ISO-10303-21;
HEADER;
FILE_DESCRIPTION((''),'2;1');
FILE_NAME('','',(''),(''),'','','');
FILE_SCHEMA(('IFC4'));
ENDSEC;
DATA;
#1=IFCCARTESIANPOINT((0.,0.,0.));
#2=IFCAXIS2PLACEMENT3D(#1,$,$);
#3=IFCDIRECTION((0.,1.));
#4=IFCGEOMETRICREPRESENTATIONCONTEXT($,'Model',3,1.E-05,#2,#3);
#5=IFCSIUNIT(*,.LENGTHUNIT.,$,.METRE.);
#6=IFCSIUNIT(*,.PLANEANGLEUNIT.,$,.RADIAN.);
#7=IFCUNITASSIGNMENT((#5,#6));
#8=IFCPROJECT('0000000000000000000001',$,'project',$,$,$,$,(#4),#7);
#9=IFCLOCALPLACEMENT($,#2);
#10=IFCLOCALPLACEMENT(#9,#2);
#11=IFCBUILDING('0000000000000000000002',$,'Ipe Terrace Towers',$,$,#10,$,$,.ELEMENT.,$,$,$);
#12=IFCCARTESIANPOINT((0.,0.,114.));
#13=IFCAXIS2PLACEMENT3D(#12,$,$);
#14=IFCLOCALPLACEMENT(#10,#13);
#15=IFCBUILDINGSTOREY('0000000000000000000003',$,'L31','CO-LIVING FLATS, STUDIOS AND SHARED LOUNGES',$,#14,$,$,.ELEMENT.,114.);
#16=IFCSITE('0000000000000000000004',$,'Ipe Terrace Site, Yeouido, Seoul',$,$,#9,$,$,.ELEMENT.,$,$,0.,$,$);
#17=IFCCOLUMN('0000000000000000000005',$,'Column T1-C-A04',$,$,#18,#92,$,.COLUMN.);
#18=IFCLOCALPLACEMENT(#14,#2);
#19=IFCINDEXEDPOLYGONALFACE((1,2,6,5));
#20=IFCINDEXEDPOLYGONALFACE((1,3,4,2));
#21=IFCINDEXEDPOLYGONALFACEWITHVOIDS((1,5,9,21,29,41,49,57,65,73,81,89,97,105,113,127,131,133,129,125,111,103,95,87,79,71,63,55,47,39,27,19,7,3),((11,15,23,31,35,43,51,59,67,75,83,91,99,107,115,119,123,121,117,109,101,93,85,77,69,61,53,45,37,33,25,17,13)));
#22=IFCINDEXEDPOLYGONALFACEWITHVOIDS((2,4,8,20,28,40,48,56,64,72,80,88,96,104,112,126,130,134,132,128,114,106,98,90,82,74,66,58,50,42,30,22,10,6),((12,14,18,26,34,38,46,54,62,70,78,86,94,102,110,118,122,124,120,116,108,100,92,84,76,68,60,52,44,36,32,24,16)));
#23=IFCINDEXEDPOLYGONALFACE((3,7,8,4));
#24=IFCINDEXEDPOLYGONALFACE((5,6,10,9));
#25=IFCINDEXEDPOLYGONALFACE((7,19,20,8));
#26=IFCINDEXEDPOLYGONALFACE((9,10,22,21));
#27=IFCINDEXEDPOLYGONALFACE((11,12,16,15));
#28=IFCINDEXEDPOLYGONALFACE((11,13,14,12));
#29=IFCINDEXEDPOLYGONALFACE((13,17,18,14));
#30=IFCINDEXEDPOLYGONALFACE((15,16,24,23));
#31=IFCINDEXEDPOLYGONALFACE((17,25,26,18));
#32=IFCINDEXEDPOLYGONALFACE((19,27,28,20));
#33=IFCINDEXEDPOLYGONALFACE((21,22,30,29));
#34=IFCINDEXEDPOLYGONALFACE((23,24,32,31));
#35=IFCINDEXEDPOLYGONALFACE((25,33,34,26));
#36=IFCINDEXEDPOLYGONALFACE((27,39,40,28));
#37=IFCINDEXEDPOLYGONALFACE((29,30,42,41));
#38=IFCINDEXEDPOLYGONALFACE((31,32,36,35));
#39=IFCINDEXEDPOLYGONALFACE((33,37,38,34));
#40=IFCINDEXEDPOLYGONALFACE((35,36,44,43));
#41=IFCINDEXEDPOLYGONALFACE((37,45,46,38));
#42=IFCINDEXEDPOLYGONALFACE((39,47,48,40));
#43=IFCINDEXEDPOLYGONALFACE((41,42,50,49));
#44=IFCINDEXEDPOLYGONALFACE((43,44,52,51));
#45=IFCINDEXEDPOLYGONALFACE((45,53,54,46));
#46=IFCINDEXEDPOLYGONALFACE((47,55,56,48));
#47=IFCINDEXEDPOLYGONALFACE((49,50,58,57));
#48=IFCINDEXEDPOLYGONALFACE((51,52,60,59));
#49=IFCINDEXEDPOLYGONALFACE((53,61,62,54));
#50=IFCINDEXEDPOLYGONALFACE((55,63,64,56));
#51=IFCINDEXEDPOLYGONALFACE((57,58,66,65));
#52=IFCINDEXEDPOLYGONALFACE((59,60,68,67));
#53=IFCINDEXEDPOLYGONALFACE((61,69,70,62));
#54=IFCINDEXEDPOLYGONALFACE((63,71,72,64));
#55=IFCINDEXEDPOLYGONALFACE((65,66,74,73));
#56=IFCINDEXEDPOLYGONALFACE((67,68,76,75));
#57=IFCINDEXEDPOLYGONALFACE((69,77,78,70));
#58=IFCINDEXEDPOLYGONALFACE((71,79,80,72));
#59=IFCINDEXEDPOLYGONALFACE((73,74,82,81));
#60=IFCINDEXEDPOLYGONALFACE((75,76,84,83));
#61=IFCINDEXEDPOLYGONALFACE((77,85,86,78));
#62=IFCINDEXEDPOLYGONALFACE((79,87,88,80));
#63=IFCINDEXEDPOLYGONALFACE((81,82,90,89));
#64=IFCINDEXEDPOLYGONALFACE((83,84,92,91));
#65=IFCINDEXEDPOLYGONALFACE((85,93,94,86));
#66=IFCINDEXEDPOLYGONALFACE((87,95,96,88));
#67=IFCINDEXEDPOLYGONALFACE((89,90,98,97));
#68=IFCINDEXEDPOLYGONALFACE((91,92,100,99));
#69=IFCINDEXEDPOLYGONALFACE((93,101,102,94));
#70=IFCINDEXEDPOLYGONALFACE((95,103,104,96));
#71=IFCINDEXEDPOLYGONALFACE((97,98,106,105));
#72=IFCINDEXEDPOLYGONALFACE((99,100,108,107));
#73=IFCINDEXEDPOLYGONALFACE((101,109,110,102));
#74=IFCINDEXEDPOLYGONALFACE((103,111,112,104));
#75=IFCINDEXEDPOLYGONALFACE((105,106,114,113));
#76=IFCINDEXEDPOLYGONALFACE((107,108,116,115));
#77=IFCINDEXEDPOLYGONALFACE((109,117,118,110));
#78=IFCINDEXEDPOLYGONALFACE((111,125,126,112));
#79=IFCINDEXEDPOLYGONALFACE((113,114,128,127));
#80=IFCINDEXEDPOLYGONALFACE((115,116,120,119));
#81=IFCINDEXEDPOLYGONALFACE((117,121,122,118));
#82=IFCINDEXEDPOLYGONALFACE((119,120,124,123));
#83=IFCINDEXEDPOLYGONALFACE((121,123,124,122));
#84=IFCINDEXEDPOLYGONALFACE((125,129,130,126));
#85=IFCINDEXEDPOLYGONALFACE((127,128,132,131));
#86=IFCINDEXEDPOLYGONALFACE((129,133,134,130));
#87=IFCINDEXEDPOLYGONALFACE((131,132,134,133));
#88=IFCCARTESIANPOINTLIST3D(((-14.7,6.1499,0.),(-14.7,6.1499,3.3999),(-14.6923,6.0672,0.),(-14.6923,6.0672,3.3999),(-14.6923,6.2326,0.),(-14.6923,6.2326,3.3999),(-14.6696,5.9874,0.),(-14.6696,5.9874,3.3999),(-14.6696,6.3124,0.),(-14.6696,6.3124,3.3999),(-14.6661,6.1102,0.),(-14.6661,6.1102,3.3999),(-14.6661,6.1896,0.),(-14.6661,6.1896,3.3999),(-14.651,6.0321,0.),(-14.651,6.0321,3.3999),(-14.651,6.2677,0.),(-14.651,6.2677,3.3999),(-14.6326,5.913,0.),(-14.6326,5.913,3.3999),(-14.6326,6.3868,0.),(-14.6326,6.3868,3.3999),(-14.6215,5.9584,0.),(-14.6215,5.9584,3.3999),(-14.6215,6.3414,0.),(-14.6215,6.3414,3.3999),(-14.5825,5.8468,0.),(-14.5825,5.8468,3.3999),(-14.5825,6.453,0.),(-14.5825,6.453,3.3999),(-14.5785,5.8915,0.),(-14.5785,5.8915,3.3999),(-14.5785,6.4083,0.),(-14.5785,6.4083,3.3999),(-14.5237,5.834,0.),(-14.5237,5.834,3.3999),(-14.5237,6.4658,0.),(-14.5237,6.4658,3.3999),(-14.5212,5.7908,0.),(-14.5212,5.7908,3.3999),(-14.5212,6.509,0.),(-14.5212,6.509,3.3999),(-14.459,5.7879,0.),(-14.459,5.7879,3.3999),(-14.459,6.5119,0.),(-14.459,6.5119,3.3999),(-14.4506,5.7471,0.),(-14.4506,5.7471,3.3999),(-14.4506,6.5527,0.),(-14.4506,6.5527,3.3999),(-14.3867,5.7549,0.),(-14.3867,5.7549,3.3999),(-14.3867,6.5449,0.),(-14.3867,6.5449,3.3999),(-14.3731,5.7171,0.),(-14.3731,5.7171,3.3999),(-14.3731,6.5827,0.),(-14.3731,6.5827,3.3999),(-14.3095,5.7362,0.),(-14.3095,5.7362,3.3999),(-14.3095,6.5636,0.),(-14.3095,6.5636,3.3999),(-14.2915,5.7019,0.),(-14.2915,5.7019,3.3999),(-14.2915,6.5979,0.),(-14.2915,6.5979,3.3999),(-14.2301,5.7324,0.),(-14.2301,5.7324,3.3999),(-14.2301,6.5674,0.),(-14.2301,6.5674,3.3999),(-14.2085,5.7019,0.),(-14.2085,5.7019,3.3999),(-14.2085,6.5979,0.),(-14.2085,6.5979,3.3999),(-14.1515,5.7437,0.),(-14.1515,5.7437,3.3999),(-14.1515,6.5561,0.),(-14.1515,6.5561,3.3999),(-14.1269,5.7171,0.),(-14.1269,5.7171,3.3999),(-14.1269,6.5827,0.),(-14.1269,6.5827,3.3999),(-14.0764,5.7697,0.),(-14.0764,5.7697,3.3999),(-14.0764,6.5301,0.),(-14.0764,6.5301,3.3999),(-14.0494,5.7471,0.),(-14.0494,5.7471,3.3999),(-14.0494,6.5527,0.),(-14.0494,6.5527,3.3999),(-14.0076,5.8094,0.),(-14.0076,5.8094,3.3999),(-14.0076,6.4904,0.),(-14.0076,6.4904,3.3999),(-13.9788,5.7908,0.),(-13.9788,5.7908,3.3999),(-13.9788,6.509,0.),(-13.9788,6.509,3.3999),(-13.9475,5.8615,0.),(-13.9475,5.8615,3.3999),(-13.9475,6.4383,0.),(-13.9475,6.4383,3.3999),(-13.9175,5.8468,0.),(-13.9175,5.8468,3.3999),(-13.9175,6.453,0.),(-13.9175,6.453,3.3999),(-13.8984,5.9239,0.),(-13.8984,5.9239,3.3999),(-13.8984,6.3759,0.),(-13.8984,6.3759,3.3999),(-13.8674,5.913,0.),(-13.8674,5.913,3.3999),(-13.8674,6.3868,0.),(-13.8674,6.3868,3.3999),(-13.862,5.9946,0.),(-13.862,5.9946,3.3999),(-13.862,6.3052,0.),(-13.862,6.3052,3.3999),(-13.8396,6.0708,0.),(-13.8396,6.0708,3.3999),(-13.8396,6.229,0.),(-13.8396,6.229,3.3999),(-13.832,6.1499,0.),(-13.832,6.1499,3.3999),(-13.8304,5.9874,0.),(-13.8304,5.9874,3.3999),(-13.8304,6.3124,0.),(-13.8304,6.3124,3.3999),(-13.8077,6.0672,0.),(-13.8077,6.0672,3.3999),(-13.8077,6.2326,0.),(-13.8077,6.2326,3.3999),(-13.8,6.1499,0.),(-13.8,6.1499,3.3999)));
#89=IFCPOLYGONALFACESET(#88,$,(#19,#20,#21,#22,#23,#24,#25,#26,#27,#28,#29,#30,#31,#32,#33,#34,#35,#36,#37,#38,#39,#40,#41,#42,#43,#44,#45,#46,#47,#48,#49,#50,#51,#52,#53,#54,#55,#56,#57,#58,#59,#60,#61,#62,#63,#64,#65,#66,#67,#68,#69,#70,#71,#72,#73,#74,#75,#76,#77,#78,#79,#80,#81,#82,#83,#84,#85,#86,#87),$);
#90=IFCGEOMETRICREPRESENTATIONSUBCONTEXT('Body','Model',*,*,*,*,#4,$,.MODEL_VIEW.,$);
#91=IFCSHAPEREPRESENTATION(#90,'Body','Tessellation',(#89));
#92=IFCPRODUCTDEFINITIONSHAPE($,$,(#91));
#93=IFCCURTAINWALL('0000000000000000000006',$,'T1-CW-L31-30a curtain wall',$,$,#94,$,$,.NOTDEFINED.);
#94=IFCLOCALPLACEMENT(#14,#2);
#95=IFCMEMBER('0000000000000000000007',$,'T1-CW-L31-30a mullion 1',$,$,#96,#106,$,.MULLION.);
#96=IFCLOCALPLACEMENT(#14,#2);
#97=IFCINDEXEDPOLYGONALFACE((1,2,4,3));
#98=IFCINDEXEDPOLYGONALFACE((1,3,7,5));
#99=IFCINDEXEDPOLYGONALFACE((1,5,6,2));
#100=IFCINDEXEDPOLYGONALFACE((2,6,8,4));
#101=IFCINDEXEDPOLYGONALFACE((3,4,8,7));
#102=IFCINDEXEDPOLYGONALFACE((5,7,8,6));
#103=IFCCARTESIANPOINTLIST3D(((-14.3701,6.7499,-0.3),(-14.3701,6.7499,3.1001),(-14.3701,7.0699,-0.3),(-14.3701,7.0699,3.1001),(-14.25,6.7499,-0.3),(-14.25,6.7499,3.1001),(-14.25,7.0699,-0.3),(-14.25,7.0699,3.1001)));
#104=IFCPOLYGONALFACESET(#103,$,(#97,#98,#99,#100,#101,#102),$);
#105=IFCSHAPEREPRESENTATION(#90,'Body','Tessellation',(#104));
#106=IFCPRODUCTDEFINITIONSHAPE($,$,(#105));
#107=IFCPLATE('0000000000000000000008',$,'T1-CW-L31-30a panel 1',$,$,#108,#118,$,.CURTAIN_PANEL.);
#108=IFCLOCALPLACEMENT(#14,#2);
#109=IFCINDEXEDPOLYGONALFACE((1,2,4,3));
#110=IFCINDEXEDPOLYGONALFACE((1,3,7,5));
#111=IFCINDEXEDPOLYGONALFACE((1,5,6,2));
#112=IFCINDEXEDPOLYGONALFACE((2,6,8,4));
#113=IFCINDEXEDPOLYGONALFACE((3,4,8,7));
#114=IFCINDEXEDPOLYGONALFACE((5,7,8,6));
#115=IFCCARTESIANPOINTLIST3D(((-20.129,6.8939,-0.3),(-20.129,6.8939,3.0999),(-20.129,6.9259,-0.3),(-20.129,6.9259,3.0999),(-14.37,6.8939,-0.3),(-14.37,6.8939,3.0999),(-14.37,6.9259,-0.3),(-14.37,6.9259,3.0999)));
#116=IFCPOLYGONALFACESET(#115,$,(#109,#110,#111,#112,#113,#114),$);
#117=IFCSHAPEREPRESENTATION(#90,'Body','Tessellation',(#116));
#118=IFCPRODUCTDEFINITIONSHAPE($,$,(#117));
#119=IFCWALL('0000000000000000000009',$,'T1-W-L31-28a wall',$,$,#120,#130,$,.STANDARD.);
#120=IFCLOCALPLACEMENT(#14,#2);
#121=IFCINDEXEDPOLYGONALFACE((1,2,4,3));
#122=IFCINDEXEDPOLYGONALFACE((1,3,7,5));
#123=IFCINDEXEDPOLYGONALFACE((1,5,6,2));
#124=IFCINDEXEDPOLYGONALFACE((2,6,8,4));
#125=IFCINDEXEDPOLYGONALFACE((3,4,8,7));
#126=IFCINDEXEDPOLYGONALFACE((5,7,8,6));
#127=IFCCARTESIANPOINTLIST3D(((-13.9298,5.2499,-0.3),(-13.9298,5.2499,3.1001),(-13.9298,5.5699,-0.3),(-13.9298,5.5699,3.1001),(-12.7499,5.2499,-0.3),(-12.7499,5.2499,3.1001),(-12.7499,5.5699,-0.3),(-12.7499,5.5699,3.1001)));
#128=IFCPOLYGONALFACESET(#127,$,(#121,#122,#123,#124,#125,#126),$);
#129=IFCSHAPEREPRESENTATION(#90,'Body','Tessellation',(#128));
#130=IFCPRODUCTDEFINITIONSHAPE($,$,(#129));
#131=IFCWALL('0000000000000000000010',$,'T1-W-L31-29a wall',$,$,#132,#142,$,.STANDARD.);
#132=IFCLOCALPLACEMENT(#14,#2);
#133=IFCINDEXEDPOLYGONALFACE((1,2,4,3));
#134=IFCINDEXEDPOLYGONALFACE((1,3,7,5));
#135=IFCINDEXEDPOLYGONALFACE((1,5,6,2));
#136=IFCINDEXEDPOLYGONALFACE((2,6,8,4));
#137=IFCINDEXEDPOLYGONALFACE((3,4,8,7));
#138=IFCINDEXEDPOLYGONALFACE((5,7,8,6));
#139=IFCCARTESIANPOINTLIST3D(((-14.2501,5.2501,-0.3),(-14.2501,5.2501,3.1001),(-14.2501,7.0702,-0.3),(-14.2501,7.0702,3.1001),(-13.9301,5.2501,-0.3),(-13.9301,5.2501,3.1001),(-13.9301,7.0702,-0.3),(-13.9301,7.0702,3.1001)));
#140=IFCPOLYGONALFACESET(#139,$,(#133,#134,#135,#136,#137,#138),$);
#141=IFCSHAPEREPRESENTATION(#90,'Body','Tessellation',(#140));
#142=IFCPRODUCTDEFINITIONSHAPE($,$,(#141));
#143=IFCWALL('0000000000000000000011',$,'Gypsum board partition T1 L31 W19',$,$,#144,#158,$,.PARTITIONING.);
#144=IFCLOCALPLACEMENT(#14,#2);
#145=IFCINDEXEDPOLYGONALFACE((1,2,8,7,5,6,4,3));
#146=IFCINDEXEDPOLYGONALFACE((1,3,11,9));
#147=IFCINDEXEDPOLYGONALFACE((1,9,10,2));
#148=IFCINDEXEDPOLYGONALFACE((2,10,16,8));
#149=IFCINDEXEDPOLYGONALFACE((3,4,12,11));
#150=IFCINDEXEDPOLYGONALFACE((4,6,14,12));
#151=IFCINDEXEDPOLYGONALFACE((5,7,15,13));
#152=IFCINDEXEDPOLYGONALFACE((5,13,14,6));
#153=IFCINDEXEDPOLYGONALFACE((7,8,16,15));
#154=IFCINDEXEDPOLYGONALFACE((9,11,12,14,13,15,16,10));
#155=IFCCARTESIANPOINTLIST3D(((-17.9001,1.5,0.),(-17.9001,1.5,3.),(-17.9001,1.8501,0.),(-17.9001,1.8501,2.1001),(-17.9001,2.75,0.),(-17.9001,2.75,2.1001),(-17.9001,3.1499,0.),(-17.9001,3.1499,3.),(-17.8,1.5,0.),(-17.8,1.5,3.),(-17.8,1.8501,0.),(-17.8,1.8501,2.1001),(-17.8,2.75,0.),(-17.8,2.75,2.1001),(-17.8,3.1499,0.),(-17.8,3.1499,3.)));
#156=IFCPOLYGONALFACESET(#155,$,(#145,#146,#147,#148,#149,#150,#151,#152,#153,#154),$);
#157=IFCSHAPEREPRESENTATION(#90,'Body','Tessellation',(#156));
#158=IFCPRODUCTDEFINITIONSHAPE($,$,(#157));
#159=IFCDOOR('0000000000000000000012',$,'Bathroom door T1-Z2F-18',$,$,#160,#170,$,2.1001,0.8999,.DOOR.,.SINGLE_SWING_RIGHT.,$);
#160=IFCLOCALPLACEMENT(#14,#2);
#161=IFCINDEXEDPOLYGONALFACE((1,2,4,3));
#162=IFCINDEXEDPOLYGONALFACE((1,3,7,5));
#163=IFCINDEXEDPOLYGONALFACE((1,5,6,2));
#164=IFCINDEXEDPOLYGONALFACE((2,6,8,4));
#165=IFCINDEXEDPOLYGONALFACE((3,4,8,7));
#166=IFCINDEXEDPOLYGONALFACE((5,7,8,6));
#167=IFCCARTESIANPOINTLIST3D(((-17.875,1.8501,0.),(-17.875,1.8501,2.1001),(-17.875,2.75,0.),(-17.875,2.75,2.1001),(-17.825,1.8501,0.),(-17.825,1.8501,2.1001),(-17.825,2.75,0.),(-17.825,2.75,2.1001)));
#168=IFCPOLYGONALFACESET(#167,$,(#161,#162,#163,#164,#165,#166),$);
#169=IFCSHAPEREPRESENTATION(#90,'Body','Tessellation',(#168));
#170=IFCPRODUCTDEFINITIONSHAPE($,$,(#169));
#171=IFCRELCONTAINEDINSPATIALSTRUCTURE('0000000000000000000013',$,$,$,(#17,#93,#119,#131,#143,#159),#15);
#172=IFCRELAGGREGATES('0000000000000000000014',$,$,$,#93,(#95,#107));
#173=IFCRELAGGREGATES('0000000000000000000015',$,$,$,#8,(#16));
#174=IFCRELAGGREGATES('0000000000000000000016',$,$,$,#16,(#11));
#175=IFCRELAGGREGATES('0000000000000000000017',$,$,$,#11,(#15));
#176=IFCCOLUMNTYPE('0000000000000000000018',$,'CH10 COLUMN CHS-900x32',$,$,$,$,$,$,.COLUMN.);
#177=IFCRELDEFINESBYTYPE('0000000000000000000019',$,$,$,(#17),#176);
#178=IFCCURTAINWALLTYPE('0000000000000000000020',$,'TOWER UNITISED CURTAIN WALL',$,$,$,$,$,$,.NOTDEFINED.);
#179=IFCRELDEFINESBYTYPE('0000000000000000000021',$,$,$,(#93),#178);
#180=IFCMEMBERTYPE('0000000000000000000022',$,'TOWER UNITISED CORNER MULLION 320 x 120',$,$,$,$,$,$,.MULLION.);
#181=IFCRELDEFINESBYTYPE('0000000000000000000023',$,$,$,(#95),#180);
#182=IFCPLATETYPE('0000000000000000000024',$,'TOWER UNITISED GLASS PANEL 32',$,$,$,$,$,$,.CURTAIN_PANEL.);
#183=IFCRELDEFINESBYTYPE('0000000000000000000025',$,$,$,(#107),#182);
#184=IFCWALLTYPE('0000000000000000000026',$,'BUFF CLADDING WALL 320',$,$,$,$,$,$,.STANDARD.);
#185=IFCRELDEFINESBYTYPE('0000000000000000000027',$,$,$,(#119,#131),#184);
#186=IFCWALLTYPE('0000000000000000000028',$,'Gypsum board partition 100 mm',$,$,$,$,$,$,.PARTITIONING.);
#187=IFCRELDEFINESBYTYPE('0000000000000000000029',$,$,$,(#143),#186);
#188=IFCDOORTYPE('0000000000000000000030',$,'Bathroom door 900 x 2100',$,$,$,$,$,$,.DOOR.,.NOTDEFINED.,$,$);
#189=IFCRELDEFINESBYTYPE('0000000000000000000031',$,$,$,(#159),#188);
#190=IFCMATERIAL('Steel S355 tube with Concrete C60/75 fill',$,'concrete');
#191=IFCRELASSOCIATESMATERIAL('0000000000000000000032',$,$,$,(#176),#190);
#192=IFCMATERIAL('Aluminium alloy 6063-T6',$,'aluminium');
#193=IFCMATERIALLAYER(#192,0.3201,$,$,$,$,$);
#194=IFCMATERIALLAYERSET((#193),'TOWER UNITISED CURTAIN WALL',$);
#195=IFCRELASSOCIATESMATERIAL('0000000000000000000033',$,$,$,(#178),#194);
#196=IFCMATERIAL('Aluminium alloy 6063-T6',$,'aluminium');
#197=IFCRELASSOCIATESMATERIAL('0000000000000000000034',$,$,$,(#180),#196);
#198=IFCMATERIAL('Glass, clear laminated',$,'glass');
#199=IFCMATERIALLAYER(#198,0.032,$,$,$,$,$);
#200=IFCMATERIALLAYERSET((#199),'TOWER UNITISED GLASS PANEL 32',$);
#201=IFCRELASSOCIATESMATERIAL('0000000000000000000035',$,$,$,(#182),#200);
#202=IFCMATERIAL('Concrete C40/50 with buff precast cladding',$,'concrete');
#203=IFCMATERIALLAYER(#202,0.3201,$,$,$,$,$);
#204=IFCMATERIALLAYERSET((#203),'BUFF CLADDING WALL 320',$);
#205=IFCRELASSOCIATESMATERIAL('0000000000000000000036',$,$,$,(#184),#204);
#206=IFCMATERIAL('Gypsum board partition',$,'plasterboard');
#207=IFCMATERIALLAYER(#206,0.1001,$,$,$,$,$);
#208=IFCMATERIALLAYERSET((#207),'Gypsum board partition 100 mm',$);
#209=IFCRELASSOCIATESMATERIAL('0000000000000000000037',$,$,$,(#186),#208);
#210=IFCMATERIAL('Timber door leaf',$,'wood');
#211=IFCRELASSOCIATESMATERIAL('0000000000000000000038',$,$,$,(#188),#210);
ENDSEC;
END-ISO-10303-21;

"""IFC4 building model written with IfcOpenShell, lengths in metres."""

from ifc_helpers import new_model, si_unit, direction, frame, frame_2d, origin, origin_2d, place, context, subcontext, project, spatial, rectangle, hollow_circle, extrude, material, layer, layer_set, material_profile, profile_set, type_object, element, fill, aggregate, save


model = new_model("IFC4")

# Units and contexts
model_context = context("Model", 3, precision=1e-05, world=origin(), true_north=direction((0.0, 1.0)))
body_context = subcontext(model_context, "Body", "Model", "MODEL_VIEW")
ifc_project = project(units=[si_unit("LENGTHUNIT", "METRE"), si_unit("PLANEANGLEUNIT", "RADIAN")], contexts=[model_context])

# Site, building, storey
site_placement = place(None, origin())
site = spatial("IfcSite", under=ifc_project, at=site_placement, Name="Ipe Terrace Site, Yeouido, Seoul", CompositionType="ELEMENT", RefElevation=0.0)
building_placement = place(site_placement, origin())
building = spatial("IfcBuilding", under=site, at=building_placement, Name="Ipe Terrace Towers", CompositionType="ELEMENT")
storey_placement = place(building_placement, frame((0.0, 0.0, 114.0)))
storey = spatial("IfcBuildingStorey", under=building, at=storey_placement, Name="L31", Description="CO-LIVING FLATS, STUDIOS AND SHARED LOUNGES", CompositionType="ELEMENT", Elevation=114.0)

# Column
ifc_material_1 = material(Name="Steel S355 tube with Concrete C60/75 fill", Category="concrete")
ifc_material_profile_1 = material_profile(ifc_material_1, hollow_circle(Radius=0.45, WallThickness=0.032, at=origin_2d()), Name="CHS-900x32")
ifc_profile_set_1 = profile_set([ifc_material_profile_1], Name="Steel S355 tube with Concrete C60/75 fill")
column_type = type_object("IfcColumnType", Name="CH10 COLUMN CHS-900x32", PredefinedType="COLUMN", material=ifc_profile_set_1)
column_placement = place(storey_placement, frame((-14.25, 6.1499, 0.0), z_axis=(0.0, 0.0, 1.0), x_axis=(1.0, 0.0, 0.0)))
element("IfcColumn", 1, at=column_placement, inside=storey, type_object=column_type, Name="Column T1-C-A04", PredefinedType="COLUMN", context=body_context, shape_type="SweptSolid", body=[
    extrude(hollow_circle(Radius=0.45, WallThickness=0.032, at=origin_2d()), origin(), (0.0, 0.0, 1.0), 3.3999),
])

# Curtain wall, member, plate
ifc_material_2 = material(Name="Aluminium alloy 6063-T6", Category="aluminium")
ifc_layer_1 = layer(ifc_material_2, 0.3201)
ifc_layer_set_1 = layer_set([ifc_layer_1], Name="TOWER UNITISED CURTAIN WALL")
curtain_wall_type = type_object("IfcCurtainWallType", Name="TOWER UNITISED CURTAIN WALL", PredefinedType="NOTDEFINED", material=ifc_layer_set_1)
curtain_wall_placement = place(storey_placement, origin())
curtain_wall = element("IfcCurtainWall", 2, at=curtain_wall_placement, inside=storey, type_object=curtain_wall_type, Name="T1-CW-L31-30a curtain wall", PredefinedType="NOTDEFINED")
ifc_material_3 = material(Name="Aluminium alloy 6063-T6", Category="aluminium")
ifc_material_profile_2 = material_profile(ifc_material_3, rectangle(XDim=0.3201, YDim=0.1201, at=origin_2d()), Name="TOWER UNITISED CORNER MULLION 320 x 120")
ifc_profile_set_2 = profile_set([ifc_material_profile_2], Name="Aluminium alloy 6063-T6")
member_type = type_object("IfcMemberType", Name="TOWER UNITISED CORNER MULLION 320 x 120", PredefinedType="MULLION", material=ifc_profile_set_2)
member_placement = place(storey_placement, frame((-14.3101, 6.9099, -0.3), z_axis=(0.0, 0.0, 1.0), x_axis=(0.0, 1.0, 0.0)))
member = element("IfcMember", 3, at=member_placement, type_object=member_type, Name="T1-CW-L31-30a mullion 1", PredefinedType="MULLION", context=body_context, shape_type="SweptSolid", body=[
    extrude(rectangle(XDim=0.3201, YDim=0.1201, at=origin_2d()), origin(), (0.0, 0.0, 1.0), 3.4001),
])
ifc_material_4 = material(Name="Glass, clear laminated", Category="glass")
ifc_layer_2 = layer(ifc_material_4, 0.032)
ifc_layer_set_2 = layer_set([ifc_layer_2], Name="TOWER UNITISED GLASS PANEL 32")
plate_type = type_object("IfcPlateType", Name="TOWER UNITISED GLASS PANEL 32", PredefinedType="CURTAIN_PANEL", material=ifc_layer_set_2)
plate_placement = place(storey_placement, frame((-17.2495, 6.9099, -0.3), z_axis=(0.0, 0.0, 1.0), x_axis=(-1.0, 0.0, 0.0)))
plate = element("IfcPlate", 4, at=plate_placement, type_object=plate_type, Name="T1-CW-L31-30a panel 1", PredefinedType="CURTAIN_PANEL", context=body_context, shape_type="SweptSolid", body=[
    extrude(rectangle(XDim=5.759, YDim=0.032, at=origin_2d()), origin(), (0.0, 0.0, 1.0), 3.3999),
])
aggregate(curtain_wall, [member, plate])

# Walls
ifc_material_5 = material(Name="Concrete C40/50 with buff precast cladding", Category="concrete")
ifc_layer_3 = layer(ifc_material_5, 0.3201)
ifc_layer_set_3 = layer_set([ifc_layer_3], Name="BUFF CLADDING WALL 320")
wall_type_1 = type_object("IfcWallType", Name="BUFF CLADDING WALL 320", PredefinedType="STANDARD", material=ifc_layer_set_3)
wall_1_placement = place(storey_placement, frame((-12.75, 5.4099, -0.3), z_axis=(0.0, 0.0, 1.0), x_axis=(-1.0, 0.0, 0.0)))
element("IfcWall", 5, at=wall_1_placement, inside=storey, type_object=wall_type_1, Name="T1-W-L31-28a wall", PredefinedType="STANDARD", context=body_context, shape_type="SweptSolid", body=[
    extrude(rectangle(XDim=1.1799, YDim=0.3201, at=frame_2d((0.5898, 0.0))), origin(), (0.0, 0.0, 1.0), 3.4001),
])
wall_2_placement = place(storey_placement, frame((-14.0901, 5.25, -0.3), z_axis=(0.0, 0.0, 1.0), x_axis=(0.0, 1.0, 0.0)))
element("IfcWall", 6, at=wall_2_placement, inside=storey, type_object=wall_type_1, Name="T1-W-L31-29a wall", PredefinedType="STANDARD", context=body_context, shape_type="SweptSolid", body=[
    extrude(rectangle(XDim=1.8201, YDim=0.3201, at=frame_2d((0.9102, 0.0))), origin(), (0.0, 0.0, 1.0), 3.4001),
])

# Wall, opening, door
ifc_material_6 = material(Name="Gypsum board partition", Category="plasterboard")
ifc_layer_4 = layer(ifc_material_6, 0.1001)
ifc_layer_set_4 = layer_set([ifc_layer_4], Name="Gypsum board partition 100 mm")
wall_type_2 = type_object("IfcWallType", Name="Gypsum board partition 100 mm", PredefinedType="PARTITIONING", material=ifc_layer_set_4)
wall_3_placement = place(storey_placement, frame((-17.8501, 1.5, 0.0), z_axis=(0.0, 0.0, 1.0), x_axis=(0.0, 1.0, 0.0)))
wall_3 = element("IfcWall", 7, at=wall_3_placement, inside=storey, type_object=wall_type_2, Name="Gypsum board partition T1 L31 W19", PredefinedType="PARTITIONING", context=body_context, shape_type="SweptSolid", body=[
    extrude(rectangle(XDim=1.6499, YDim=0.1001, at=frame_2d((0.825, 0.0))), origin(), (0.0, 0.0, 1.0), 3.0),
])
opening_1_placement = place(wall_3_placement, frame((0.3501, 0.0, 0.0)))
opening_1 = element("IfcOpeningElement", 8, at=opening_1_placement, cuts=wall_3, PredefinedType="OPENING", context=body_context, shape_type="SweptSolid", body=[
    extrude(rectangle(XDim=0.8999, YDim=2.1001, at=frame_2d((0.45, 1.05))), frame((0.0, 0.0601, 0.0), z_axis=(0.0, -1.0, 0.0), x_axis=(1.0, 0.0, 0.0)), (0.0, 0.0, 1.0), 0.1201),
])
ifc_material_7 = material(Name="Timber door leaf", Category="wood")
door_type_1 = type_object("IfcDoorType", Name="Bathroom door 900 x 2100", OperationType="NOTDEFINED", PredefinedType="DOOR", material=ifc_material_7)
door_1_placement = place(opening_1_placement, origin())
door_1 = element("IfcDoor", 9, at=door_1_placement, inside=storey, type_object=door_type_1, Name="Bathroom door T1-Z2F-18", OperationType="SINGLE_SWING_RIGHT", OverallHeight=2.1001, OverallWidth=0.8999, PredefinedType="DOOR", context=body_context, shape_type="SweptSolid", body=[
    extrude(rectangle(XDim=0.8999, YDim=2.1001, at=frame_2d((0.45, 1.05))), frame((0.0, 0.0249, 0.0), z_axis=(0.0, -1.0, 0.0), x_axis=(1.0, 0.0, 0.0)), (0.0, 0.0, 1.0), 0.05),
])
fill(opening_1, door_1)

save(model, "model.ifc")
